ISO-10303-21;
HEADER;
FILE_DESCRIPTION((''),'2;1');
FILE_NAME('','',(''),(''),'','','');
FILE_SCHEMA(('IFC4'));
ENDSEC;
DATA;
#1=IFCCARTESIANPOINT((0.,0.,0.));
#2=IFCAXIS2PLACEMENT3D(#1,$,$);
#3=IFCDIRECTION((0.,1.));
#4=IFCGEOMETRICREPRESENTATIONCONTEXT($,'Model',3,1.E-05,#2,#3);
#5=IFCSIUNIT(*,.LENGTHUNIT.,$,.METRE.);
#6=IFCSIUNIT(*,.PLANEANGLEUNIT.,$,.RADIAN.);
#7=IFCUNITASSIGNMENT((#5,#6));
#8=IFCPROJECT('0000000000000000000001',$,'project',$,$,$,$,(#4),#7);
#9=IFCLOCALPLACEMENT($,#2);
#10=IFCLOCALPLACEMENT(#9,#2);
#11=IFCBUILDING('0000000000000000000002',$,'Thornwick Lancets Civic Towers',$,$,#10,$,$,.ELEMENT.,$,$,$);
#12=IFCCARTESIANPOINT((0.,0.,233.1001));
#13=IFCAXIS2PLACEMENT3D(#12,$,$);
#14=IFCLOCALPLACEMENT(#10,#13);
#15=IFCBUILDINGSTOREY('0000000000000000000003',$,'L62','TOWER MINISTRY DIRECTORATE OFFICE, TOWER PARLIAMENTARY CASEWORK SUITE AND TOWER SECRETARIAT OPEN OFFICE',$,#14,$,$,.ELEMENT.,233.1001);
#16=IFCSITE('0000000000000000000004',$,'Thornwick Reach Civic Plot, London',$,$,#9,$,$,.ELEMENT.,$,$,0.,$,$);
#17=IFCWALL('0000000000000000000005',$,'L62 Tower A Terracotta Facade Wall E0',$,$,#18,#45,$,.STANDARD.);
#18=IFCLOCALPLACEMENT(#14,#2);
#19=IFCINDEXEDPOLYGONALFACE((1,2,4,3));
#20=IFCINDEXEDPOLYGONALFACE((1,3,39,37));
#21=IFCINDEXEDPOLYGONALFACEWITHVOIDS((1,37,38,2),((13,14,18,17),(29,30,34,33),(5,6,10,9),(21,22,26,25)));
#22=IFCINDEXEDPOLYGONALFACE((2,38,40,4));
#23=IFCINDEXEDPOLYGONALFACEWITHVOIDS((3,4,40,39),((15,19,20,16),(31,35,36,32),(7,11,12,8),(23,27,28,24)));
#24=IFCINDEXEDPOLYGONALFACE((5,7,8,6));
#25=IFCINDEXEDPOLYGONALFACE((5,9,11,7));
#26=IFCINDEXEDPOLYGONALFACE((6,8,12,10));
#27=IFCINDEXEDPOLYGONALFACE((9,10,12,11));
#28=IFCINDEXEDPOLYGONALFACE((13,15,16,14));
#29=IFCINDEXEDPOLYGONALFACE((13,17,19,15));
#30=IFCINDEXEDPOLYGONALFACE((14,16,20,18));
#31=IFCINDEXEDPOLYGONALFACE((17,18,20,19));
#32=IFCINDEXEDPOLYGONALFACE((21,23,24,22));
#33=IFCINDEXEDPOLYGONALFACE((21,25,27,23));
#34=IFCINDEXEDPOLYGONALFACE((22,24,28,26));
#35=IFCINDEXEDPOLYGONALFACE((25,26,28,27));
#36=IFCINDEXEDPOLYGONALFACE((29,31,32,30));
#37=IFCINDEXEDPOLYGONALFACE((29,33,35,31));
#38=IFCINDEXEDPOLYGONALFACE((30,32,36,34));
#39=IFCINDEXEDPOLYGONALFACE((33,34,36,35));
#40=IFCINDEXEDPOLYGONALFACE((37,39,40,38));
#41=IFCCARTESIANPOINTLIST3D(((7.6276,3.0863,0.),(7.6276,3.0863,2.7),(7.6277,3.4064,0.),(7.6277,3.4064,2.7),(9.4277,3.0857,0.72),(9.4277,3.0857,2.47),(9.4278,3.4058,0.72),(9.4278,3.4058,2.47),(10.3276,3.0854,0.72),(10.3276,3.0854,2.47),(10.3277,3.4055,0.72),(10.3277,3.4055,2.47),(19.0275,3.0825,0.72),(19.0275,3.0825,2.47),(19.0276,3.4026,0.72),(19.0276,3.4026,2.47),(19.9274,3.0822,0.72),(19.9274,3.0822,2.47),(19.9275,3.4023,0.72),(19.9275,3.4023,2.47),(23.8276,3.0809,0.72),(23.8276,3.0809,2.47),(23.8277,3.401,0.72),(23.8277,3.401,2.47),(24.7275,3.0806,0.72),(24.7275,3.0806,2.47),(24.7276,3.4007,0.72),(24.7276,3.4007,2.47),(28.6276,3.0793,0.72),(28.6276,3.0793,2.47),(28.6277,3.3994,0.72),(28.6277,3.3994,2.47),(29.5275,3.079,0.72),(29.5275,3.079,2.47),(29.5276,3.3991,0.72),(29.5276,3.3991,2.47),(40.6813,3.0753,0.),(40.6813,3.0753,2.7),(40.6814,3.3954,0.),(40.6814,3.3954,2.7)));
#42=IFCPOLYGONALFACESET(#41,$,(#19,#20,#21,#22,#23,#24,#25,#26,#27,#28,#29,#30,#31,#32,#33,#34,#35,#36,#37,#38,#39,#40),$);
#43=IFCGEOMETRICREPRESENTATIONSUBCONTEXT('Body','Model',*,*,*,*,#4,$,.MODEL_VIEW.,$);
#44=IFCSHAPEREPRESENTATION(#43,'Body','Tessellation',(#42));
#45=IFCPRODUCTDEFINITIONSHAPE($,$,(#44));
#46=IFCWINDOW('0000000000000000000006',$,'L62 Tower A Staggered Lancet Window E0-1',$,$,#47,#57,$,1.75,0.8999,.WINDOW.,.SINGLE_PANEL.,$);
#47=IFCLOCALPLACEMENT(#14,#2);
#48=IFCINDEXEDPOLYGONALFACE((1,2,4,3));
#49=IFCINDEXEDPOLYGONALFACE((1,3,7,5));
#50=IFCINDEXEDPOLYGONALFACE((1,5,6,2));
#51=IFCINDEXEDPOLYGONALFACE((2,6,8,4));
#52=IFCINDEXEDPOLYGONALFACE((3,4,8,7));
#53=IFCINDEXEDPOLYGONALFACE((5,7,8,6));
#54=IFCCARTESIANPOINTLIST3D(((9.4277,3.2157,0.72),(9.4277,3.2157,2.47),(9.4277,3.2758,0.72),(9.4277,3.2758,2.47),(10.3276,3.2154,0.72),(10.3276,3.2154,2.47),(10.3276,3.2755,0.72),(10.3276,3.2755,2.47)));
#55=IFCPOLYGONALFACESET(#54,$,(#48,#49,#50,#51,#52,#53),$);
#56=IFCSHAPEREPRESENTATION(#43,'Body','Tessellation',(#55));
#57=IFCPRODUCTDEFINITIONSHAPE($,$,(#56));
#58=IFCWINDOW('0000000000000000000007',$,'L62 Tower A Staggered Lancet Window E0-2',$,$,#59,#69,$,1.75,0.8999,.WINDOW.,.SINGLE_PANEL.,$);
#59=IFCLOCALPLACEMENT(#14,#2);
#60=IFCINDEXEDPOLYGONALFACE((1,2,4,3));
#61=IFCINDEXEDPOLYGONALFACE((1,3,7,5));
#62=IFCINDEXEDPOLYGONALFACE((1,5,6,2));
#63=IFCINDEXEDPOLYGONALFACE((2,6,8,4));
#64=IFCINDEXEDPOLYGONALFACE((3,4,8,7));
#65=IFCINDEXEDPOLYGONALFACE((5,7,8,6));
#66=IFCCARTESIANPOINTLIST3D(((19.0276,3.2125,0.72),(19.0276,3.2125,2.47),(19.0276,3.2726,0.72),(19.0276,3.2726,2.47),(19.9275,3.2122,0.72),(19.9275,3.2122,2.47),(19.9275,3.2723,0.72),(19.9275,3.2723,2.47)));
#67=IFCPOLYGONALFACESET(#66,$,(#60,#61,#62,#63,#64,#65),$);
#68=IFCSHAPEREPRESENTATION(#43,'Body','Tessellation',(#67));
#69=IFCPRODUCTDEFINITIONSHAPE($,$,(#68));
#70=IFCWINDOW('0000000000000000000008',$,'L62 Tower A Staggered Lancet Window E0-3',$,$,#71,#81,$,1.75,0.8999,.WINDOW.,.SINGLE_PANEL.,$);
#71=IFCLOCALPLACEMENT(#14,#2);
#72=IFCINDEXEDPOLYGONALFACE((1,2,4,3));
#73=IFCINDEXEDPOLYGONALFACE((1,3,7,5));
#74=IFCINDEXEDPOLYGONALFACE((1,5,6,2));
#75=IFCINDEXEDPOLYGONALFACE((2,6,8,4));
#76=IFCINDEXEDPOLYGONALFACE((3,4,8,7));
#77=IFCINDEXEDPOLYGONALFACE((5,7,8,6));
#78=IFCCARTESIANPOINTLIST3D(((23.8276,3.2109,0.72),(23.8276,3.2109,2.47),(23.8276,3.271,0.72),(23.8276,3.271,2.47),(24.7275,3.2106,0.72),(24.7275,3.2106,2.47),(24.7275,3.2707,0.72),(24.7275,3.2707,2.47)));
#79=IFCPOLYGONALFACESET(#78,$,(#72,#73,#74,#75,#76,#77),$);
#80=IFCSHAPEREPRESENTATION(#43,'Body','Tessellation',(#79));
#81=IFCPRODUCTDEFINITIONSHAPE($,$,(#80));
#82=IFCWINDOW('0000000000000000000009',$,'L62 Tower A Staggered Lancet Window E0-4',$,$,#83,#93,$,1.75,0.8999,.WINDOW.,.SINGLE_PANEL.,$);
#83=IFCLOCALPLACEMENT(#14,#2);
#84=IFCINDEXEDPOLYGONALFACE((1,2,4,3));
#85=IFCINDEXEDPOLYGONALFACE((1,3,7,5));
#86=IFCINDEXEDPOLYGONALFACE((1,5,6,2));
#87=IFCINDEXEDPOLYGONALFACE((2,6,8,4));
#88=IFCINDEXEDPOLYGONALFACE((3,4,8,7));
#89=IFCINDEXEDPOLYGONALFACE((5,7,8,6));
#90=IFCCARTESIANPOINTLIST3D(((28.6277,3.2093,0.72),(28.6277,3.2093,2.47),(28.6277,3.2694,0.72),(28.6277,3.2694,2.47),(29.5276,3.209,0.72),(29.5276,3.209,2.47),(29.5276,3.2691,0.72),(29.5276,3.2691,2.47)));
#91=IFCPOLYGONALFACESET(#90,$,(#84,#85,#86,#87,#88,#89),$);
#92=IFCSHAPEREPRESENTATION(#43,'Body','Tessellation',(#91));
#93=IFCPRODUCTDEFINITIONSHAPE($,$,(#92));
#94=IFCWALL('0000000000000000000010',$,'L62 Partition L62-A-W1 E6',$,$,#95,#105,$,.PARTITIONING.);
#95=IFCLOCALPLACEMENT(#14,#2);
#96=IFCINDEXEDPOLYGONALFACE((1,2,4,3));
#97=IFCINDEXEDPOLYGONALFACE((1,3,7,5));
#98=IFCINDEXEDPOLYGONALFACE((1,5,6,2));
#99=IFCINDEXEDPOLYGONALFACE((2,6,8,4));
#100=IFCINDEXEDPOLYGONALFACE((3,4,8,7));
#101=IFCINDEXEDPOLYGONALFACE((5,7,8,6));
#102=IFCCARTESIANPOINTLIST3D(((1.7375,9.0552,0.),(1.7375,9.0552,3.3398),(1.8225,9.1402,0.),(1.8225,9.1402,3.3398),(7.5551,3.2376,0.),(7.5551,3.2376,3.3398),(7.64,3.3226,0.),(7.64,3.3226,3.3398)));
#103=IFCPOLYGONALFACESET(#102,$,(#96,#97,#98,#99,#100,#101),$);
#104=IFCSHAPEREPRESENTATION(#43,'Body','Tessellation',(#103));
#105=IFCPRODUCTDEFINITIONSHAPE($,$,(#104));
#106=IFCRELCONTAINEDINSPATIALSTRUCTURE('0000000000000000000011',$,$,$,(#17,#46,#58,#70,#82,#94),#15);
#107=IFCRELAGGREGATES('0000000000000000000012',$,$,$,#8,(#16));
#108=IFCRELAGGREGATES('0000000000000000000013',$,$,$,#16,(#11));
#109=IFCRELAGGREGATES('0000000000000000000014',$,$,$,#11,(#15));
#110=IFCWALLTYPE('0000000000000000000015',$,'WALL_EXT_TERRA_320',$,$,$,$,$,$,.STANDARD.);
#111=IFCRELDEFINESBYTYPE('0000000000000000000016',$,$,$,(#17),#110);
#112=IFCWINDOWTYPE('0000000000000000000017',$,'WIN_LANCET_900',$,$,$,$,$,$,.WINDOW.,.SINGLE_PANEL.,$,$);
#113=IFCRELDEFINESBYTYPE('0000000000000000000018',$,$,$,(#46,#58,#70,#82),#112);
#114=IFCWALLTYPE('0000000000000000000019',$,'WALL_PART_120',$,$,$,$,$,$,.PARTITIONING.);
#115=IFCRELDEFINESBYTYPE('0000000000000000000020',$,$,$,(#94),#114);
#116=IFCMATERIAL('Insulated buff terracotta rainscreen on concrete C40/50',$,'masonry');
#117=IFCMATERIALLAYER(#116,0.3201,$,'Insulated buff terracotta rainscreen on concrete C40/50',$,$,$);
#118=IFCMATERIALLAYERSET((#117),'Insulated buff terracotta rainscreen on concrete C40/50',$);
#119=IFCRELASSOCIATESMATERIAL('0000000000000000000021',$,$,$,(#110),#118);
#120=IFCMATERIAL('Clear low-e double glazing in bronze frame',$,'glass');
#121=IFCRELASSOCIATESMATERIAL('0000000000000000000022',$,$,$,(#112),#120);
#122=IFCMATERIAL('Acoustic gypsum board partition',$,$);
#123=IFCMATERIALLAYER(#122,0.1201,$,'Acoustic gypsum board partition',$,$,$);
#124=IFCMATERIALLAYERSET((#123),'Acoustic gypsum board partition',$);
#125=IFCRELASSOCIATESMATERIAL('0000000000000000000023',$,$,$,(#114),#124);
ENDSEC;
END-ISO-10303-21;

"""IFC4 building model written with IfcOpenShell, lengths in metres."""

from ifc_helpers import new_model, si_unit, direction, frame, frame_2d, origin, place, context, subcontext, project, spatial, rectangle, extrude, material, layer, layer_set, type_object, element, fill, save


model = new_model("IFC4")

# Units and contexts
model_context = context("Model", 3, precision=1e-05, world=origin(), true_north=direction((0.0, 1.0)))
body_context = subcontext(model_context, "Body", "Model", "MODEL_VIEW")
ifc_project = project(units=[si_unit("LENGTHUNIT", "METRE"), si_unit("PLANEANGLEUNIT", "RADIAN")], contexts=[model_context])

# Site, building, storey
site_placement = place(None, origin())
site = spatial("IfcSite", under=ifc_project, at=site_placement, Name="Thornwick Reach Civic Plot, London", CompositionType="ELEMENT", RefElevation=0.0)
building_placement = place(site_placement, origin())
building = spatial("IfcBuilding", under=site, at=building_placement, Name="Thornwick Lancets Civic Towers", CompositionType="ELEMENT")
storey_placement = place(building_placement, frame((0.0, 0.0, 233.1001)))
storey = spatial("IfcBuildingStorey", under=building, at=storey_placement, Name="L62", Description="TOWER MINISTRY DIRECTORATE OFFICE, TOWER PARLIAMENTARY CASEWORK SUITE AND TOWER SECRETARIAT OPEN OFFICE", CompositionType="ELEMENT", Elevation=233.1001)

# Wall, openings, windows
ifc_material_1 = material(Name="Insulated buff terracotta rainscreen on concrete C40/50", Category="masonry")
ifc_layer_1 = layer(ifc_material_1, 0.3201, Name="Insulated buff terracotta rainscreen on concrete C40/50")
ifc_layer_set_1 = layer_set([ifc_layer_1], Name="Insulated buff terracotta rainscreen on concrete C40/50")
wall_type_1 = type_object("IfcWallType", Name="WALL_EXT_TERRA_320", PredefinedType="STANDARD", material=ifc_layer_set_1)
wall_1_placement = place(storey_placement, frame((7.6277, 3.2463, 0.0), z_axis=(0.0, 0.0, 1.0), x_axis=(1.0, -0.000332, 0.0)))
wall_1 = element("IfcWall", 1, at=wall_1_placement, inside=storey, type_object=wall_type_1, Name="L62 Tower A Terracotta Facade Wall E0", PredefinedType="STANDARD", context=body_context, shape_type="SweptSolid", body=[
    extrude(rectangle(XDim=33.0537, YDim=0.3201, at=frame_2d((16.5269, 0.0))), origin(), (0.0, 0.0, 1.0), 2.7),
])
opening_1_placement = place(wall_1_placement, frame((1.8, 0.0, 0.72)))
opening_1 = element("IfcOpeningElement", 2, at=opening_1_placement, cuts=wall_1, PredefinedType="OPENING", context=body_context, shape_type="SweptSolid", body=[
    extrude(rectangle(XDim=0.8999, YDim=1.75, at=frame_2d((0.45, 0.875))), frame((0.0, 0.1699, 0.0), z_axis=(0.0, -1.0, 0.0), x_axis=(1.0, 0.0, 0.0)), (0.0, 0.0, 1.0), 0.3401),
])
opening_2_placement = place(wall_1_placement, frame((11.3999, 0.0, 0.72)))
opening_2 = element("IfcOpeningElement", 3, at=opening_2_placement, cuts=wall_1, PredefinedType="OPENING", context=body_context, shape_type="SweptSolid", body=[
    extrude(rectangle(XDim=0.8999, YDim=1.75, at=frame_2d((0.45, 0.875))), frame((0.0, 0.1699, 0.0), z_axis=(0.0, -1.0, 0.0), x_axis=(1.0, 0.0, 0.0)), (0.0, 0.0, 1.0), 0.3401),
])
opening_3_placement = place(wall_1_placement, frame((16.2, 0.0, 0.72)))
opening_3 = element("IfcOpeningElement", 4, at=opening_3_placement, cuts=wall_1, PredefinedType="OPENING", context=body_context, shape_type="SweptSolid", body=[
    extrude(rectangle(XDim=0.8999, YDim=1.75, at=frame_2d((0.45, 0.875))), frame((0.0, 0.1699, 0.0), z_axis=(0.0, -1.0, 0.0), x_axis=(1.0, 0.0, 0.0)), (0.0, 0.0, 1.0), 0.3401),
])
opening_4_placement = place(wall_1_placement, frame((21.0, 0.0, 0.72)))
opening_4 = element("IfcOpeningElement", 5, at=opening_4_placement, cuts=wall_1, PredefinedType="OPENING", context=body_context, shape_type="SweptSolid", body=[
    extrude(rectangle(XDim=0.8999, YDim=1.75, at=frame_2d((0.45, 0.875))), frame((0.0, 0.1699, 0.0), z_axis=(0.0, -1.0, 0.0), x_axis=(1.0, 0.0, 0.0)), (0.0, 0.0, 1.0), 0.3401),
])
ifc_material_2 = material(Name="Clear low-e double glazing in bronze frame", Category="glass")
window_type = type_object("IfcWindowType", Name="WIN_LANCET_900", PartitioningType="SINGLE_PANEL", PredefinedType="WINDOW", material=ifc_material_2)
window_1_placement = place(opening_1_placement, origin())
window_1 = element("IfcWindow", 6, at=window_1_placement, inside=storey, type_object=window_type, Name="L62 Tower A Staggered Lancet Window E0-1", OverallHeight=1.75, OverallWidth=0.8999, PartitioningType="SINGLE_PANEL", PredefinedType="WINDOW", context=body_context, shape_type="SweptSolid", body=[
    extrude(rectangle(XDim=0.8999, YDim=1.75, at=frame_2d((0.45, 0.875))), frame((0.0, 0.03, 0.0), z_axis=(0.0, -1.0, 0.0), x_axis=(1.0, 0.0, 0.0)), (0.0, 0.0, 1.0), 0.0601),
])
fill(opening_1, window_1)
window_2_placement = place(opening_2_placement, origin())
window_2 = element("IfcWindow", 7, at=window_2_placement, inside=storey, type_object=window_type, Name="L62 Tower A Staggered Lancet Window E0-2", OverallHeight=1.75, OverallWidth=0.8999, PartitioningType="SINGLE_PANEL", PredefinedType="WINDOW", context=body_context, shape_type="SweptSolid", body=[
    extrude(rectangle(XDim=0.8999, YDim=1.75, at=frame_2d((0.45, 0.875))), frame((0.0, 0.03, 0.0), z_axis=(0.0, -1.0, 0.0), x_axis=(1.0, 0.0, 0.0)), (0.0, 0.0, 1.0), 0.0601),
])
fill(opening_2, window_2)
window_3_placement = place(opening_3_placement, origin())
window_3 = element("IfcWindow", 8, at=window_3_placement, inside=storey, type_object=window_type, Name="L62 Tower A Staggered Lancet Window E0-3", OverallHeight=1.75, OverallWidth=0.8999, PartitioningType="SINGLE_PANEL", PredefinedType="WINDOW", context=body_context, shape_type="SweptSolid", body=[
    extrude(rectangle(XDim=0.8999, YDim=1.75, at=frame_2d((0.45, 0.875))), frame((0.0, 0.03, 0.0), z_axis=(0.0, -1.0, 0.0), x_axis=(1.0, 0.0, 0.0)), (0.0, 0.0, 1.0), 0.0601),
])
fill(opening_3, window_3)
window_4_placement = place(opening_4_placement, origin())
window_4 = element("IfcWindow", 9, at=window_4_placement, inside=storey, type_object=window_type, Name="L62 Tower A Staggered Lancet Window E0-4", OverallHeight=1.75, OverallWidth=0.8999, PartitioningType="SINGLE_PANEL", PredefinedType="WINDOW", context=body_context, shape_type="SweptSolid", body=[
    extrude(rectangle(XDim=0.8999, YDim=1.75, at=frame_2d((0.45, 0.875))), frame((0.0, 0.03, 0.0), z_axis=(0.0, -1.0, 0.0), x_axis=(1.0, 0.0, 0.0)), (0.0, 0.0, 1.0), 0.0601),
])
fill(opening_4, window_4)

# Wall
ifc_material_3 = material(Name="Acoustic gypsum board partition")
ifc_layer_2 = layer(ifc_material_3, 0.1201, Name="Acoustic gypsum board partition")
ifc_layer_set_2 = layer_set([ifc_layer_2], Name="Acoustic gypsum board partition")
wall_type_2 = type_object("IfcWallType", Name="WALL_PART_120", PredefinedType="PARTITIONING", material=ifc_layer_set_2)
wall_2_placement = place(storey_placement, frame((7.5977, 3.28, 0.0), z_axis=(0.0, 0.0, 1.0), x_axis=(-0.707107, 0.707107, 0.0)))
element("IfcWall", 10, at=wall_2_placement, inside=storey, type_object=wall_type_2, Name="L62 Partition L62-A-W1 E6", PredefinedType="PARTITIONING", context=body_context, shape_type="SweptSolid", body=[
    extrude(rectangle(XDim=8.2273, YDim=0.1201, at=frame_2d((4.1138, 0.0))), origin(), (0.0, 0.0, 1.0), 3.3398),
])

save(model, "model.ifc")
